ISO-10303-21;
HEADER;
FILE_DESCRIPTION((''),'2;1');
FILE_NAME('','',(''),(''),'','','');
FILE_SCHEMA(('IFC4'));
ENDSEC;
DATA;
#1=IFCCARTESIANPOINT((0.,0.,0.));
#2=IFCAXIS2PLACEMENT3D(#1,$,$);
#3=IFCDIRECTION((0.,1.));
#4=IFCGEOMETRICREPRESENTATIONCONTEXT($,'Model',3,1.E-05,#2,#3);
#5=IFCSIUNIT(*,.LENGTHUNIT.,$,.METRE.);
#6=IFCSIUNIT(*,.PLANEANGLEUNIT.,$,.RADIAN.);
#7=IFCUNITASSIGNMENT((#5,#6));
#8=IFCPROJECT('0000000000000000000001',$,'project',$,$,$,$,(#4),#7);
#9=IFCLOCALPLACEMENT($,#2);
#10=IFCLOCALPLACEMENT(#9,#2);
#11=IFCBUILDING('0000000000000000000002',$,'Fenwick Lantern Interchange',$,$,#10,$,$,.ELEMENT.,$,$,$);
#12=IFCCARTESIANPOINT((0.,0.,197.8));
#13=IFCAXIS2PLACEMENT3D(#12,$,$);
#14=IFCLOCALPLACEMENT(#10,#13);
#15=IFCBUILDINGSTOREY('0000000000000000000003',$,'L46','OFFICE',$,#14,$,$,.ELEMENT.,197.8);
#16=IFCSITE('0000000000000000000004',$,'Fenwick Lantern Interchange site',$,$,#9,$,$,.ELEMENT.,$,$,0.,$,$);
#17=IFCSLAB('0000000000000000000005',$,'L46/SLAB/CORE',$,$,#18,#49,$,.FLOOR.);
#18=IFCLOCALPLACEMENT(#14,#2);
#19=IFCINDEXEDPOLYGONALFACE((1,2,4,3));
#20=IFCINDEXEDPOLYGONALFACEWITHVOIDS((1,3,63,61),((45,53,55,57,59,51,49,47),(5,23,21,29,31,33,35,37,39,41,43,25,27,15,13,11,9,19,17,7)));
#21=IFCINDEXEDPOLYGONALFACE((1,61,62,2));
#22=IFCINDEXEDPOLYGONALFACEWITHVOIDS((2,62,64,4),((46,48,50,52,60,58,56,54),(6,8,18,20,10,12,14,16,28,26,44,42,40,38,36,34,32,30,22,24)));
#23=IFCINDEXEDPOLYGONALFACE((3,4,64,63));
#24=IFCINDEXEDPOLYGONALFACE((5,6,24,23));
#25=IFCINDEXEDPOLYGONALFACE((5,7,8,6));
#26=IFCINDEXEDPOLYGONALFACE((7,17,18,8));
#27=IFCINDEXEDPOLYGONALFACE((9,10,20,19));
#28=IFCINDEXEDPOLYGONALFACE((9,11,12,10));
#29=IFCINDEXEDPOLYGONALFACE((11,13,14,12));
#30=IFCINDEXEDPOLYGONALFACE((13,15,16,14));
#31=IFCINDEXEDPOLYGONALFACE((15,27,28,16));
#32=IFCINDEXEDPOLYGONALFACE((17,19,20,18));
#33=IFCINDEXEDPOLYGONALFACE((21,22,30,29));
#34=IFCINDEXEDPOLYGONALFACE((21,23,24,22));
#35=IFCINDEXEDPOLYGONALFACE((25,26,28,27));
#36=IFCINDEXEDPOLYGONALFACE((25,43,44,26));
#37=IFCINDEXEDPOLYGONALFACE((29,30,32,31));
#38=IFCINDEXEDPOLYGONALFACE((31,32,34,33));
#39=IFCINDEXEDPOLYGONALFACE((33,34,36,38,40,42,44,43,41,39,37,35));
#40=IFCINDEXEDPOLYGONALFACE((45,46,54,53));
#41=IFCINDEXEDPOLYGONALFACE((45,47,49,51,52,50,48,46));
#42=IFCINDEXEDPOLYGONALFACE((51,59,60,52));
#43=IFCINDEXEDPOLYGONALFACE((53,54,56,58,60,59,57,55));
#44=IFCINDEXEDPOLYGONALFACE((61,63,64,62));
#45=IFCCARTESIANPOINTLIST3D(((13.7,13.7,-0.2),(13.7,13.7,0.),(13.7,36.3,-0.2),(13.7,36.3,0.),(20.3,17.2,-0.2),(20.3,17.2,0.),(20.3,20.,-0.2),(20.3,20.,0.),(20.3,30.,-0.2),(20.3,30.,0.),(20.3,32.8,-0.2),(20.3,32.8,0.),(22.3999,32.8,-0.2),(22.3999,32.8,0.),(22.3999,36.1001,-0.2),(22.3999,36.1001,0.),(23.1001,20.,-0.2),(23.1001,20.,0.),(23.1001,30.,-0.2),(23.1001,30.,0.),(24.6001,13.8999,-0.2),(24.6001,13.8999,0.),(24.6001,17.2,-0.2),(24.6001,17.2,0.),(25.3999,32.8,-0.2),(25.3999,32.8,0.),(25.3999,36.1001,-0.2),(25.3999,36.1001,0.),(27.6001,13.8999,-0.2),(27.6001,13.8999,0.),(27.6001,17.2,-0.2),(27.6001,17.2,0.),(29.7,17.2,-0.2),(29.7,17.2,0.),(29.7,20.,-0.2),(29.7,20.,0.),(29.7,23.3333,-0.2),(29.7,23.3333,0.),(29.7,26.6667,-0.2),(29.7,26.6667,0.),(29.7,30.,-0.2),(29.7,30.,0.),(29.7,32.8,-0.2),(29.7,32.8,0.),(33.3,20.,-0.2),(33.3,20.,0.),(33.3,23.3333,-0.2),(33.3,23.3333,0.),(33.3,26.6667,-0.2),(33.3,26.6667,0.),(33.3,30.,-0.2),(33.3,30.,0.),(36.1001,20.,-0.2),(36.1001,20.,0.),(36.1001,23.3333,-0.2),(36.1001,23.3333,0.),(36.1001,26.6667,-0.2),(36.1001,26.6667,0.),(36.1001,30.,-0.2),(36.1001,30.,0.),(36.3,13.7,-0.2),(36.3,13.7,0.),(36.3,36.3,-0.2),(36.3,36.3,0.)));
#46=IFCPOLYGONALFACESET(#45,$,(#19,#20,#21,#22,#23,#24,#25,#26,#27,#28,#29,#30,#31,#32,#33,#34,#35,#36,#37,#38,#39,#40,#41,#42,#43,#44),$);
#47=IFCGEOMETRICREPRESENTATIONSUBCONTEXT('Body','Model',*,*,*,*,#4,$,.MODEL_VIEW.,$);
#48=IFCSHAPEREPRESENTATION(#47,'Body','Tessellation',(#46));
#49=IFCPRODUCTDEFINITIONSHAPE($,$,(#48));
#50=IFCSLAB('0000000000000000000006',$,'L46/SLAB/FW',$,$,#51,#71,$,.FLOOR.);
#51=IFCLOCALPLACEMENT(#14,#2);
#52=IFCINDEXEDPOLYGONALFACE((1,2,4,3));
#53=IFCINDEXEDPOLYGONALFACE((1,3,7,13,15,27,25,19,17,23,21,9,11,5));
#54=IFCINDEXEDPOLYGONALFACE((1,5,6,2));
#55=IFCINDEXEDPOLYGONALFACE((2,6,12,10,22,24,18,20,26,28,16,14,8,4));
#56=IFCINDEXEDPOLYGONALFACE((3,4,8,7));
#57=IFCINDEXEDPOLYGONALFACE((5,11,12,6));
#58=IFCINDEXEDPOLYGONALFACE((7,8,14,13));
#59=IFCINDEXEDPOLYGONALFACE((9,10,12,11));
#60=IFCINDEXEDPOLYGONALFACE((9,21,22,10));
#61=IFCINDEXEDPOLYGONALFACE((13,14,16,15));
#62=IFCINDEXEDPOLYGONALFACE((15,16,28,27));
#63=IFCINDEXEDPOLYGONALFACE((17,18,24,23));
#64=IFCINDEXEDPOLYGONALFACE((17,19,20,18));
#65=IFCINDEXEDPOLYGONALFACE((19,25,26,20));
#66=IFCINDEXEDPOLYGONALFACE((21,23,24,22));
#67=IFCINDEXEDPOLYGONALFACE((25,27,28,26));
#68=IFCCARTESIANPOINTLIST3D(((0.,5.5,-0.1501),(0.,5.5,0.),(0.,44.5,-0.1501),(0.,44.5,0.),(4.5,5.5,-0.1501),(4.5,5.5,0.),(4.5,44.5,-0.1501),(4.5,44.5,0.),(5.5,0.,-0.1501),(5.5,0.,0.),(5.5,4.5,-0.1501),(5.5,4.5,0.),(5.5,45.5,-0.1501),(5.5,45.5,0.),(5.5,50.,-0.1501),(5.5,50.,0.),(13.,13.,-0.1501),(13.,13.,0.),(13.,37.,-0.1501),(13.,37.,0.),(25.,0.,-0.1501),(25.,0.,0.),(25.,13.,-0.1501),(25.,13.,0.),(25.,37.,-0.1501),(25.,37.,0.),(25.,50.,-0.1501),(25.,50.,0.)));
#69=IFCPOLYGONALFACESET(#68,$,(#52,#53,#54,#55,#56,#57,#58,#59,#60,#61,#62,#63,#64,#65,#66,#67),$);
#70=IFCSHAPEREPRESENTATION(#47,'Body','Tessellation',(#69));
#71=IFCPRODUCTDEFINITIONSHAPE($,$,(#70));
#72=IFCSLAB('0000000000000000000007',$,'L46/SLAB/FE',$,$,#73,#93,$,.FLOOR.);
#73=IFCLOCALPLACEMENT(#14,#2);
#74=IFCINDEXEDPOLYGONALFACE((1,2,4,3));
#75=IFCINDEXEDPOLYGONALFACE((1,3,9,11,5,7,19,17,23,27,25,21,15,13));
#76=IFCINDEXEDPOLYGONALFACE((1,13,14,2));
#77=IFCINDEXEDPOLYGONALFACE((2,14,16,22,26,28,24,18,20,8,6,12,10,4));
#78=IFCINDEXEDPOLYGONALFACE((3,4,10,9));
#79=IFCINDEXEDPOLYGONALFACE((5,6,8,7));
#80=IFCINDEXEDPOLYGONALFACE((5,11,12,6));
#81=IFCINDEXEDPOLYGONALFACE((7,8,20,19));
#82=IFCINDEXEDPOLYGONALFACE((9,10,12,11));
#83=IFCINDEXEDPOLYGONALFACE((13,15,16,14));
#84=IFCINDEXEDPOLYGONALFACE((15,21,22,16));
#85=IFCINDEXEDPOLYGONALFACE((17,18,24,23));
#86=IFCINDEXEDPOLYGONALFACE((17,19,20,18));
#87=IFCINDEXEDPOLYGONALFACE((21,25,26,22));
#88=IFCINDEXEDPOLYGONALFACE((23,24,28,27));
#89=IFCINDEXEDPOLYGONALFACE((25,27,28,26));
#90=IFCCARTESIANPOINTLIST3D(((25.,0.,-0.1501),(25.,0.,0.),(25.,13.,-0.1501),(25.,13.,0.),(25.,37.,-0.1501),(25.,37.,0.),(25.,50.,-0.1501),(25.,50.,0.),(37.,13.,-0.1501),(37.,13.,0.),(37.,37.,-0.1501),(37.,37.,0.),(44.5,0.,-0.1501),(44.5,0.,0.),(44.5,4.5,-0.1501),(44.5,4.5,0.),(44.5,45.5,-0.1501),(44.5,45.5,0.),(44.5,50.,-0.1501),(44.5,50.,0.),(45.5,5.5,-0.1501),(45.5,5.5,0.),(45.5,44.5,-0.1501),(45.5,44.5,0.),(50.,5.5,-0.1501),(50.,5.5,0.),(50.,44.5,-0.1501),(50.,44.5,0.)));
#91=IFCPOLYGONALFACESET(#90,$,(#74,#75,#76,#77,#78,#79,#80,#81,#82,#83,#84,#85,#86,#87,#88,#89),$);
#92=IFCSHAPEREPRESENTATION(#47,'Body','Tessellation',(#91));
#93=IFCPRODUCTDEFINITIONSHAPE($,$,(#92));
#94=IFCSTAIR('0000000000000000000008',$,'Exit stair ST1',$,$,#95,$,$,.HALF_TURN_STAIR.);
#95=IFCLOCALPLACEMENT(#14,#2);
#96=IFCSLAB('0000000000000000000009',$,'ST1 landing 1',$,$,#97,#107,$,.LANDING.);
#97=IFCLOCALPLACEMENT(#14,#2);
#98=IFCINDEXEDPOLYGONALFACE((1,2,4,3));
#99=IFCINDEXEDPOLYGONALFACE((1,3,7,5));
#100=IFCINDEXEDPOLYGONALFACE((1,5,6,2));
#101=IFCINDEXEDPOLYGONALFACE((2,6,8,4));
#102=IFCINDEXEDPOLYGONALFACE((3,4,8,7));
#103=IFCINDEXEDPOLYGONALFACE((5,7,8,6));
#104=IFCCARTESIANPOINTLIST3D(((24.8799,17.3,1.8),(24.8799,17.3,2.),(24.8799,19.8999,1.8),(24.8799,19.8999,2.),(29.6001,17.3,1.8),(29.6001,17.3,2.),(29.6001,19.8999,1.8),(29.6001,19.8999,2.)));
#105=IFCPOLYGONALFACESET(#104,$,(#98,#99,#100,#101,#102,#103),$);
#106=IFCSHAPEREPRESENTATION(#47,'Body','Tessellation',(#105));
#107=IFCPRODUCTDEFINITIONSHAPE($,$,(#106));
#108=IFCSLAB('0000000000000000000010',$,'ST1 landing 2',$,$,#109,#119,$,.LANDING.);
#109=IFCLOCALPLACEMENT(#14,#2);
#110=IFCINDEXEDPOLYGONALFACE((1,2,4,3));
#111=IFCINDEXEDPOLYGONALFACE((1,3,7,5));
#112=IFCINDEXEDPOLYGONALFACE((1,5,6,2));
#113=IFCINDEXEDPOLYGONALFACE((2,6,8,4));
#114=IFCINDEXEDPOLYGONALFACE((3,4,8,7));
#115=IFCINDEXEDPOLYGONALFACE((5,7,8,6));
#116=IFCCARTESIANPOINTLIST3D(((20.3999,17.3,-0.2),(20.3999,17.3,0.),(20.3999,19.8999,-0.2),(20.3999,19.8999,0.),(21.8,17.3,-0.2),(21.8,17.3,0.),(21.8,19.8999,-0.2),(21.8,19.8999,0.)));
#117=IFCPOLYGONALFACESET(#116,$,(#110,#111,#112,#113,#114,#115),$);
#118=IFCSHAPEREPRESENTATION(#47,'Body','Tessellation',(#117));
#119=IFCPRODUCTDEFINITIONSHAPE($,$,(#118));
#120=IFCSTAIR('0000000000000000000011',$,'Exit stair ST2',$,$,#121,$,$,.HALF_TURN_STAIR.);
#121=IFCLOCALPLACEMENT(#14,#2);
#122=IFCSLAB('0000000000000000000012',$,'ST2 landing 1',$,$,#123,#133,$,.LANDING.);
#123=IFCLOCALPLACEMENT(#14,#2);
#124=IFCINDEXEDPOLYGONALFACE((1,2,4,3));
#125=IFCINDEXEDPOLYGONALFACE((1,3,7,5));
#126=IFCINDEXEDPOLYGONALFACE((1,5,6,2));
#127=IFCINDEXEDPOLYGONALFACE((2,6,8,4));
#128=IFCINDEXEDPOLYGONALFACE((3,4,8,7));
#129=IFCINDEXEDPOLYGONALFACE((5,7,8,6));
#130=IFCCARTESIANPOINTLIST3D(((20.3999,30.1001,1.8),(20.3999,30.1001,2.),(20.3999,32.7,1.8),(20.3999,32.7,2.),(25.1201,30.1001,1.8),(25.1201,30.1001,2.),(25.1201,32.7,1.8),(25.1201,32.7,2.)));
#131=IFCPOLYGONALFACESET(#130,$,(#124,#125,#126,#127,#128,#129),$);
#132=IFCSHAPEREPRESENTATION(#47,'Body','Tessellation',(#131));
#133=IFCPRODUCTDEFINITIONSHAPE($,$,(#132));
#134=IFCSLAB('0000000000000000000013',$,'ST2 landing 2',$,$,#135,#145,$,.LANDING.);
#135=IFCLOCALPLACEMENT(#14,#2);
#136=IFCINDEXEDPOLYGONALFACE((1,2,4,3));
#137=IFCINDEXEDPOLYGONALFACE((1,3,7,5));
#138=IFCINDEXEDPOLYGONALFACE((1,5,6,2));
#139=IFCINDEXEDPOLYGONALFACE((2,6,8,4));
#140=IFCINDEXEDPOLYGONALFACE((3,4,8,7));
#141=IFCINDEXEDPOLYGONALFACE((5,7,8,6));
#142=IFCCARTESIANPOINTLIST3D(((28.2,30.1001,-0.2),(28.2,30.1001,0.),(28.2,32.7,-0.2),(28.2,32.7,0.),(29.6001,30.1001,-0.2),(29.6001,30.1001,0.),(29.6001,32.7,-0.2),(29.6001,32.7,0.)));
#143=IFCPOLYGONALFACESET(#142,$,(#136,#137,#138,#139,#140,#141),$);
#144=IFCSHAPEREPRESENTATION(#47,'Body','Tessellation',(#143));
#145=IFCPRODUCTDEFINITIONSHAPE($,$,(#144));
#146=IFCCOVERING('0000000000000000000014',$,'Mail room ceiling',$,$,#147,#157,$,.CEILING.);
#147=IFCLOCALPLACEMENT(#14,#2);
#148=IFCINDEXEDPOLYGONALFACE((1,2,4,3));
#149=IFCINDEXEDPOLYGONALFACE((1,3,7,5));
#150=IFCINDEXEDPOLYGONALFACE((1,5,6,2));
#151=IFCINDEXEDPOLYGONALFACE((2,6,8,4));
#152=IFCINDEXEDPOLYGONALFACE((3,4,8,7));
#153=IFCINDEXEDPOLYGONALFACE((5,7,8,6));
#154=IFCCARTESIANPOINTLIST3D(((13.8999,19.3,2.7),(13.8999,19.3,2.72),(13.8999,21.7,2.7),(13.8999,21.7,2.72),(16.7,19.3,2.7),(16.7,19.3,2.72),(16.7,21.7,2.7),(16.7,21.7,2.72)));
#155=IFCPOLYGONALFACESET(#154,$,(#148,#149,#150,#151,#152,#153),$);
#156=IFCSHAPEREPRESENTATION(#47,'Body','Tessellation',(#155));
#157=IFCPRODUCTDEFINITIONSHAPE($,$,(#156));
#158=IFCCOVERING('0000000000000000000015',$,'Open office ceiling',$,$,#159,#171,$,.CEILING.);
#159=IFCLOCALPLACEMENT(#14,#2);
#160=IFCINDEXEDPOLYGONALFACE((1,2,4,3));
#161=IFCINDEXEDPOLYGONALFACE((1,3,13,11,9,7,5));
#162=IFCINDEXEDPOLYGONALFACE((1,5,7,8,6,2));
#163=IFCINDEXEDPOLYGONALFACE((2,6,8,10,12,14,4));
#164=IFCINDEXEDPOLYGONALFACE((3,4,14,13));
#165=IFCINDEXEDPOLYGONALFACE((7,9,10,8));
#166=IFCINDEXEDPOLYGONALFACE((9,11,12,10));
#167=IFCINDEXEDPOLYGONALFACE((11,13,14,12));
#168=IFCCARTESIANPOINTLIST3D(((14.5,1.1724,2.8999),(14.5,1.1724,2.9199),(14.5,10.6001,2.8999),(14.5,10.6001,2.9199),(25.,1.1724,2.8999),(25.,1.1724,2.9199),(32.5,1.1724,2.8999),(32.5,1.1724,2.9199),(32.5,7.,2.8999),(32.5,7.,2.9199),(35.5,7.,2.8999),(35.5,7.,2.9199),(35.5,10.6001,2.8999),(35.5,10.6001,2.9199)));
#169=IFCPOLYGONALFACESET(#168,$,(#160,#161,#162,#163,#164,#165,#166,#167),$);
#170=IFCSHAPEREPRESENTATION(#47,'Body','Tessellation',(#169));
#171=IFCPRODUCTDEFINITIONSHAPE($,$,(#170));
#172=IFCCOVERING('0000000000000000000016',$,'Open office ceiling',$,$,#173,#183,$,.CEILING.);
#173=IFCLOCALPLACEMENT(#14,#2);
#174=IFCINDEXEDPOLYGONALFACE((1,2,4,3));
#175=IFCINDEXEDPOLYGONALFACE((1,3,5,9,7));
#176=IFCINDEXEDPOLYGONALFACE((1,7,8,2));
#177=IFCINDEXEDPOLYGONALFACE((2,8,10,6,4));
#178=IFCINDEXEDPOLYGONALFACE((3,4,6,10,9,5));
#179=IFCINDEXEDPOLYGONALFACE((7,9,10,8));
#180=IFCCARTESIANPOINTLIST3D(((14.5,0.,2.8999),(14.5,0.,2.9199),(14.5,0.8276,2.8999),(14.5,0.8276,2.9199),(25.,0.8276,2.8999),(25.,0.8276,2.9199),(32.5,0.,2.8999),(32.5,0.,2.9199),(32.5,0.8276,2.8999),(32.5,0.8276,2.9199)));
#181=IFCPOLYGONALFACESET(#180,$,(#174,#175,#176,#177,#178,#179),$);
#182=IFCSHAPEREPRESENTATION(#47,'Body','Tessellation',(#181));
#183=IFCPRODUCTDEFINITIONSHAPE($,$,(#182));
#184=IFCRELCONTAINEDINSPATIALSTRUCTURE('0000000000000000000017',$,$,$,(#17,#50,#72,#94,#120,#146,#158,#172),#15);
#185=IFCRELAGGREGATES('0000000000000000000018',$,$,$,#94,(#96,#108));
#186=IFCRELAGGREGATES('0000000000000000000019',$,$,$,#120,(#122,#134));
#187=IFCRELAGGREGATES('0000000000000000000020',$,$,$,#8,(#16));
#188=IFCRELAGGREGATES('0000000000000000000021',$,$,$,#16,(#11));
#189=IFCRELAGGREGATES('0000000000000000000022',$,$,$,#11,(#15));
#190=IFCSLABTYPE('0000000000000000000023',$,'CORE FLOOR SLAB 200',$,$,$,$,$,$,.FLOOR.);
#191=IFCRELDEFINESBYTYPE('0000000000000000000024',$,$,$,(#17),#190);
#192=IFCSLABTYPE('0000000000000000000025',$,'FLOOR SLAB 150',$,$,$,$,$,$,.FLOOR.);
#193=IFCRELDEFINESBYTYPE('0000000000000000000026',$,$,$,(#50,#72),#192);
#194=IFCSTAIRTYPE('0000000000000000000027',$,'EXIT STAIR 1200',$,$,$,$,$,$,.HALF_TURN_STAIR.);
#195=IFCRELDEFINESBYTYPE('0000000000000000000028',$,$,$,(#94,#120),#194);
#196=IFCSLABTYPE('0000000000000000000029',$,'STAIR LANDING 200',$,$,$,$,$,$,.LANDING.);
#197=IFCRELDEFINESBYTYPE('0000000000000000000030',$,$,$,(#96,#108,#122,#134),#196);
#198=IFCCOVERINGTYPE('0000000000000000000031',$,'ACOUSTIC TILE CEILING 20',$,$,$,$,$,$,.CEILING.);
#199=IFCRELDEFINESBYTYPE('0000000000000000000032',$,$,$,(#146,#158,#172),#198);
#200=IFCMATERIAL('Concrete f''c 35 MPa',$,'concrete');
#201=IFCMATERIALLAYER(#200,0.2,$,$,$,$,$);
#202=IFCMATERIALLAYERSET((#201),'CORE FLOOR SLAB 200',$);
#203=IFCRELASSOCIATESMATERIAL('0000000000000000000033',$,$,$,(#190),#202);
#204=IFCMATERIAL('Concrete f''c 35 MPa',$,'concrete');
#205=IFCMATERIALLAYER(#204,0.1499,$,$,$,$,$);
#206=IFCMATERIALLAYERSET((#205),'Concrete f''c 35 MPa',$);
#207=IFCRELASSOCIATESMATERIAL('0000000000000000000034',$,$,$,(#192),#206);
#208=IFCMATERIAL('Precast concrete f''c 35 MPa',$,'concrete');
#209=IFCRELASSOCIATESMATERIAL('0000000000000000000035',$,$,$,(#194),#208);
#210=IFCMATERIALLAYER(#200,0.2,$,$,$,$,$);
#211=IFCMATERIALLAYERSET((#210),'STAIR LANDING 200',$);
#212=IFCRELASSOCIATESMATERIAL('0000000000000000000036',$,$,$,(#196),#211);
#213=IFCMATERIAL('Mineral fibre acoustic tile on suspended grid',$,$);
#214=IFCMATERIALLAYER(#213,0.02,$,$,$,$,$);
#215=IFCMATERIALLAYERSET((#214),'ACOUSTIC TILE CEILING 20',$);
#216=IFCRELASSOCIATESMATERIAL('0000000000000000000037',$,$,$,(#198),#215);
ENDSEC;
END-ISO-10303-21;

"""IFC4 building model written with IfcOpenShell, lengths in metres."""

from ifc_helpers import new_model, si_unit, direction, frame, origin, place, context, subcontext, project, spatial, polyline, outline, extrude, material, layer, layer_set, type_object, element, aggregate, save


model = new_model("IFC4")

# Units and contexts
model_context = context("Model", 3, precision=1e-05, world=origin(), true_north=direction((0.0, 1.0)))
body_context = subcontext(model_context, "Body", "Model", "MODEL_VIEW")
ifc_project = project(units=[si_unit("LENGTHUNIT", "METRE"), si_unit("PLANEANGLEUNIT", "RADIAN")], contexts=[model_context])

# Site, building, storey
site_placement = place(None, origin())
site = spatial("IfcSite", under=ifc_project, at=site_placement, Name="Fenwick Lantern Interchange site", CompositionType="ELEMENT", RefElevation=0.0)
building_placement = place(site_placement, origin())
building = spatial("IfcBuilding", under=site, at=building_placement, Name="Fenwick Lantern Interchange", CompositionType="ELEMENT")
storey_placement = place(building_placement, frame((0.0, 0.0, 197.8)))
storey = spatial("IfcBuildingStorey", under=building, at=storey_placement, Name="L46", Description="OFFICE", CompositionType="ELEMENT", Elevation=197.8)

# Slabs
ifc_material_1 = material(Name="Concrete f'c 35 MPa", Category="concrete")
ifc_layer_1 = layer(ifc_material_1, 0.2)
ifc_layer_set_1 = layer_set([ifc_layer_1], Name="CORE FLOOR SLAB 200")
slab_type_1 = type_object("IfcSlabType", Name="CORE FLOOR SLAB 200", PredefinedType="FLOOR", material=ifc_layer_set_1)
slab_1_placement = place(storey_placement, frame((0.0, 0.0, -0.2)))
element("IfcSlab", 1, at=slab_1_placement, inside=storey, type_object=slab_type_1, Name="L46/SLAB/CORE", PredefinedType="FLOOR", context=body_context, shape_type="SweptSolid", body=[
    extrude(outline(polyline([(13.7, 36.3), (36.3, 36.3), (36.3, 13.7), (13.7, 13.7), (13.7, 36.3)]), holes=[polyline([(24.6001, 13.8999), (27.6001, 13.8999), (27.6001, 17.2), (29.7, 17.2), (29.7, 20.0), (29.7, 23.3333), (29.7, 26.6667), (29.7, 30.0), (29.7, 32.8), (25.3999, 32.8), (25.3999, 36.1001), (22.3999, 36.1001), (22.3999, 32.8), (20.3, 32.8), (20.3, 30.0), (23.1001, 30.0), (23.1001, 20.0), (20.3, 20.0), (20.3, 17.2), (24.6001, 17.2), (24.6001, 13.8999)]), polyline([(33.3, 23.3333), (33.3, 20.0), (36.1001, 20.0), (36.1001, 23.3333), (36.1001, 26.6667), (36.1001, 30.0), (33.3, 30.0), (33.3, 26.6667), (33.3, 23.3333)])]), origin(), (0.0, 0.0, 1.0), 0.2),
])
ifc_material_2 = material(Name="Concrete f'c 35 MPa", Category="concrete")
ifc_layer_2 = layer(ifc_material_2, 0.1499)
ifc_layer_set_2 = layer_set([ifc_layer_2], Name="Concrete f'c 35 MPa")
slab_type_2 = type_object("IfcSlabType", Name="FLOOR SLAB 150", PredefinedType="FLOOR", material=ifc_layer_set_2)
slab_2_placement = place(storey_placement, frame((0.0, 0.0, -0.1501)))
element("IfcSlab", 2, at=slab_2_placement, inside=storey, type_object=slab_type_2, Name="L46/SLAB/FW", PredefinedType="FLOOR", context=body_context, shape_type="SweptSolid", body=[
    extrude(outline(polyline([(5.5, 0.0), (5.5, 4.5), (4.5, 5.5), (0.0, 5.5), (0.0, 44.5), (4.5, 44.5), (5.5, 45.5), (5.5, 50.0), (25.0, 50.0), (25.0, 37.0), (13.0, 37.0), (13.0, 13.0), (25.0, 13.0), (25.0, 0.0), (5.5, 0.0)])), origin(), (0.0, 0.0, 1.0), 0.1501),
])
slab_3_placement = place(storey_placement, frame((0.0, 0.0, -0.1501)))
element("IfcSlab", 3, at=slab_3_placement, inside=storey, type_object=slab_type_2, Name="L46/SLAB/FE", PredefinedType="FLOOR", context=body_context, shape_type="SweptSolid", body=[
    extrude(outline(polyline([(44.5, 50.0), (44.5, 45.5), (45.5, 44.5), (50.0, 44.5), (50.0, 5.5), (45.5, 5.5), (44.5, 4.5), (44.5, 0.0), (25.0, 0.0), (25.0, 13.0), (37.0, 13.0), (37.0, 37.0), (25.0, 37.0), (25.0, 50.0), (44.5, 50.0)])), origin(), (0.0, 0.0, 1.0), 0.1501),
])

# Stairs, slabs
ifc_material_3 = material(Name="Precast concrete f'c 35 MPa", Category="concrete")
stair_type = type_object("IfcStairType", Name="EXIT STAIR 1200", PredefinedType="HALF_TURN_STAIR", material=ifc_material_3)
stair_1_placement = place(storey_placement, origin())
stair_1 = element("IfcStair", 4, at=stair_1_placement, inside=storey, type_object=stair_type, Name="Exit stair ST1", PredefinedType="HALF_TURN_STAIR")
ifc_layer_3 = layer(ifc_material_1, 0.2)
ifc_layer_set_3 = layer_set([ifc_layer_3], Name="STAIR LANDING 200")
slab_type_3 = type_object("IfcSlabType", Name="STAIR LANDING 200", PredefinedType="LANDING", material=ifc_layer_set_3)
slab_4_placement = place(storey_placement, frame((0.0, 0.0, 1.8)))
slab_4 = element("IfcSlab", 5, at=slab_4_placement, type_object=slab_type_3, Name="ST1 landing 1", PredefinedType="LANDING", context=body_context, shape_type="SweptSolid", body=[
    extrude(outline(polyline([(24.8799, 17.3), (29.6001, 17.3), (29.6001, 19.8999), (24.8799, 19.8999), (24.8799, 17.3)])), origin(), (0.0, 0.0, 1.0), 0.2),
])
slab_5_placement = place(storey_placement, frame((0.0, 0.0, -0.2)))
slab_5 = element("IfcSlab", 6, at=slab_5_placement, type_object=slab_type_3, Name="ST1 landing 2", PredefinedType="LANDING", context=body_context, shape_type="SweptSolid", body=[
    extrude(outline(polyline([(20.3999, 17.3), (21.8, 17.3), (21.8, 19.8999), (20.3999, 19.8999), (20.3999, 17.3)])), origin(), (0.0, 0.0, 1.0), 0.2),
])
aggregate(stair_1, [slab_4, slab_5])
stair_2_placement = place(storey_placement, origin())
stair_2 = element("IfcStair", 7, at=stair_2_placement, inside=storey, type_object=stair_type, Name="Exit stair ST2", PredefinedType="HALF_TURN_STAIR")
slab_6_placement = place(storey_placement, frame((0.0, 0.0, 1.8)))
slab_6 = element("IfcSlab", 8, at=slab_6_placement, type_object=slab_type_3, Name="ST2 landing 1", PredefinedType="LANDING", context=body_context, shape_type="SweptSolid", body=[
    extrude(outline(polyline([(25.1201, 32.7), (20.3999, 32.7), (20.3999, 30.1001), (25.1201, 30.1001), (25.1201, 32.7)])), origin(), (0.0, 0.0, 1.0), 0.2),
])
slab_7_placement = place(storey_placement, frame((0.0, 0.0, -0.2)))
slab_7 = element("IfcSlab", 9, at=slab_7_placement, type_object=slab_type_3, Name="ST2 landing 2", PredefinedType="LANDING", context=body_context, shape_type="SweptSolid", body=[
    extrude(outline(polyline([(29.6001, 32.7), (28.2, 32.7), (28.2, 30.1001), (29.6001, 30.1001), (29.6001, 32.7)])), origin(), (0.0, 0.0, 1.0), 0.2),
])
aggregate(stair_2, [slab_6, slab_7])

# Coverings
ifc_material_4 = material(Name="Mineral fibre acoustic tile on suspended grid")
ifc_layer_4 = layer(ifc_material_4, 0.02)
ifc_layer_set_4 = layer_set([ifc_layer_4], Name="ACOUSTIC TILE CEILING 20")
covering_type_1 = type_object("IfcCoveringType", Name="ACOUSTIC TILE CEILING 20", PredefinedType="CEILING", material=ifc_layer_set_4)
covering_1_placement = place(storey_placement, frame((0.0, 0.0, 2.7)))
element("IfcCovering", 10, at=covering_1_placement, inside=storey, type_object=covering_type_1, Name="Mail room ceiling", PredefinedType="CEILING", context=body_context, shape_type="SweptSolid", body=[
    extrude(outline(polyline([(13.8999, 19.3), (16.7, 19.3), (16.7, 21.7), (13.8999, 21.7), (13.8999, 19.3)])), origin(), (0.0, 0.0, 1.0), 0.02),
])
covering_2_placement = place(storey_placement, frame((0.0, 0.0, 2.8999)))
element("IfcCovering", 11, at=covering_2_placement, inside=storey, type_object=covering_type_1, Name="Open office ceiling", PredefinedType="CEILING", context=body_context, shape_type="SweptSolid", body=[
    extrude(outline(polyline([(35.5, 10.6001), (14.5, 10.6001), (14.5, 1.1724), (25.0, 1.1724), (32.5, 1.1724), (32.5, 7.0), (35.5, 7.0), (35.5, 10.6001)])), origin(), (0.0, 0.0, 1.0), 0.02),
])
covering_3_placement = place(storey_placement, frame((0.0, 0.0, 2.8999)))
element("IfcCovering", 12, at=covering_3_placement, inside=storey, type_object=covering_type_1, Name="Open office ceiling", PredefinedType="CEILING", context=body_context, shape_type="SweptSolid", body=[
    extrude(outline(polyline([(32.5, 0.0), (32.5, 0.8276), (25.0, 0.8276), (14.5, 0.8276), (14.5, 0.0), (32.5, 0.0)])), origin(), (0.0, 0.0, 1.0), 0.02),
])

save(model, "model.ifc")
